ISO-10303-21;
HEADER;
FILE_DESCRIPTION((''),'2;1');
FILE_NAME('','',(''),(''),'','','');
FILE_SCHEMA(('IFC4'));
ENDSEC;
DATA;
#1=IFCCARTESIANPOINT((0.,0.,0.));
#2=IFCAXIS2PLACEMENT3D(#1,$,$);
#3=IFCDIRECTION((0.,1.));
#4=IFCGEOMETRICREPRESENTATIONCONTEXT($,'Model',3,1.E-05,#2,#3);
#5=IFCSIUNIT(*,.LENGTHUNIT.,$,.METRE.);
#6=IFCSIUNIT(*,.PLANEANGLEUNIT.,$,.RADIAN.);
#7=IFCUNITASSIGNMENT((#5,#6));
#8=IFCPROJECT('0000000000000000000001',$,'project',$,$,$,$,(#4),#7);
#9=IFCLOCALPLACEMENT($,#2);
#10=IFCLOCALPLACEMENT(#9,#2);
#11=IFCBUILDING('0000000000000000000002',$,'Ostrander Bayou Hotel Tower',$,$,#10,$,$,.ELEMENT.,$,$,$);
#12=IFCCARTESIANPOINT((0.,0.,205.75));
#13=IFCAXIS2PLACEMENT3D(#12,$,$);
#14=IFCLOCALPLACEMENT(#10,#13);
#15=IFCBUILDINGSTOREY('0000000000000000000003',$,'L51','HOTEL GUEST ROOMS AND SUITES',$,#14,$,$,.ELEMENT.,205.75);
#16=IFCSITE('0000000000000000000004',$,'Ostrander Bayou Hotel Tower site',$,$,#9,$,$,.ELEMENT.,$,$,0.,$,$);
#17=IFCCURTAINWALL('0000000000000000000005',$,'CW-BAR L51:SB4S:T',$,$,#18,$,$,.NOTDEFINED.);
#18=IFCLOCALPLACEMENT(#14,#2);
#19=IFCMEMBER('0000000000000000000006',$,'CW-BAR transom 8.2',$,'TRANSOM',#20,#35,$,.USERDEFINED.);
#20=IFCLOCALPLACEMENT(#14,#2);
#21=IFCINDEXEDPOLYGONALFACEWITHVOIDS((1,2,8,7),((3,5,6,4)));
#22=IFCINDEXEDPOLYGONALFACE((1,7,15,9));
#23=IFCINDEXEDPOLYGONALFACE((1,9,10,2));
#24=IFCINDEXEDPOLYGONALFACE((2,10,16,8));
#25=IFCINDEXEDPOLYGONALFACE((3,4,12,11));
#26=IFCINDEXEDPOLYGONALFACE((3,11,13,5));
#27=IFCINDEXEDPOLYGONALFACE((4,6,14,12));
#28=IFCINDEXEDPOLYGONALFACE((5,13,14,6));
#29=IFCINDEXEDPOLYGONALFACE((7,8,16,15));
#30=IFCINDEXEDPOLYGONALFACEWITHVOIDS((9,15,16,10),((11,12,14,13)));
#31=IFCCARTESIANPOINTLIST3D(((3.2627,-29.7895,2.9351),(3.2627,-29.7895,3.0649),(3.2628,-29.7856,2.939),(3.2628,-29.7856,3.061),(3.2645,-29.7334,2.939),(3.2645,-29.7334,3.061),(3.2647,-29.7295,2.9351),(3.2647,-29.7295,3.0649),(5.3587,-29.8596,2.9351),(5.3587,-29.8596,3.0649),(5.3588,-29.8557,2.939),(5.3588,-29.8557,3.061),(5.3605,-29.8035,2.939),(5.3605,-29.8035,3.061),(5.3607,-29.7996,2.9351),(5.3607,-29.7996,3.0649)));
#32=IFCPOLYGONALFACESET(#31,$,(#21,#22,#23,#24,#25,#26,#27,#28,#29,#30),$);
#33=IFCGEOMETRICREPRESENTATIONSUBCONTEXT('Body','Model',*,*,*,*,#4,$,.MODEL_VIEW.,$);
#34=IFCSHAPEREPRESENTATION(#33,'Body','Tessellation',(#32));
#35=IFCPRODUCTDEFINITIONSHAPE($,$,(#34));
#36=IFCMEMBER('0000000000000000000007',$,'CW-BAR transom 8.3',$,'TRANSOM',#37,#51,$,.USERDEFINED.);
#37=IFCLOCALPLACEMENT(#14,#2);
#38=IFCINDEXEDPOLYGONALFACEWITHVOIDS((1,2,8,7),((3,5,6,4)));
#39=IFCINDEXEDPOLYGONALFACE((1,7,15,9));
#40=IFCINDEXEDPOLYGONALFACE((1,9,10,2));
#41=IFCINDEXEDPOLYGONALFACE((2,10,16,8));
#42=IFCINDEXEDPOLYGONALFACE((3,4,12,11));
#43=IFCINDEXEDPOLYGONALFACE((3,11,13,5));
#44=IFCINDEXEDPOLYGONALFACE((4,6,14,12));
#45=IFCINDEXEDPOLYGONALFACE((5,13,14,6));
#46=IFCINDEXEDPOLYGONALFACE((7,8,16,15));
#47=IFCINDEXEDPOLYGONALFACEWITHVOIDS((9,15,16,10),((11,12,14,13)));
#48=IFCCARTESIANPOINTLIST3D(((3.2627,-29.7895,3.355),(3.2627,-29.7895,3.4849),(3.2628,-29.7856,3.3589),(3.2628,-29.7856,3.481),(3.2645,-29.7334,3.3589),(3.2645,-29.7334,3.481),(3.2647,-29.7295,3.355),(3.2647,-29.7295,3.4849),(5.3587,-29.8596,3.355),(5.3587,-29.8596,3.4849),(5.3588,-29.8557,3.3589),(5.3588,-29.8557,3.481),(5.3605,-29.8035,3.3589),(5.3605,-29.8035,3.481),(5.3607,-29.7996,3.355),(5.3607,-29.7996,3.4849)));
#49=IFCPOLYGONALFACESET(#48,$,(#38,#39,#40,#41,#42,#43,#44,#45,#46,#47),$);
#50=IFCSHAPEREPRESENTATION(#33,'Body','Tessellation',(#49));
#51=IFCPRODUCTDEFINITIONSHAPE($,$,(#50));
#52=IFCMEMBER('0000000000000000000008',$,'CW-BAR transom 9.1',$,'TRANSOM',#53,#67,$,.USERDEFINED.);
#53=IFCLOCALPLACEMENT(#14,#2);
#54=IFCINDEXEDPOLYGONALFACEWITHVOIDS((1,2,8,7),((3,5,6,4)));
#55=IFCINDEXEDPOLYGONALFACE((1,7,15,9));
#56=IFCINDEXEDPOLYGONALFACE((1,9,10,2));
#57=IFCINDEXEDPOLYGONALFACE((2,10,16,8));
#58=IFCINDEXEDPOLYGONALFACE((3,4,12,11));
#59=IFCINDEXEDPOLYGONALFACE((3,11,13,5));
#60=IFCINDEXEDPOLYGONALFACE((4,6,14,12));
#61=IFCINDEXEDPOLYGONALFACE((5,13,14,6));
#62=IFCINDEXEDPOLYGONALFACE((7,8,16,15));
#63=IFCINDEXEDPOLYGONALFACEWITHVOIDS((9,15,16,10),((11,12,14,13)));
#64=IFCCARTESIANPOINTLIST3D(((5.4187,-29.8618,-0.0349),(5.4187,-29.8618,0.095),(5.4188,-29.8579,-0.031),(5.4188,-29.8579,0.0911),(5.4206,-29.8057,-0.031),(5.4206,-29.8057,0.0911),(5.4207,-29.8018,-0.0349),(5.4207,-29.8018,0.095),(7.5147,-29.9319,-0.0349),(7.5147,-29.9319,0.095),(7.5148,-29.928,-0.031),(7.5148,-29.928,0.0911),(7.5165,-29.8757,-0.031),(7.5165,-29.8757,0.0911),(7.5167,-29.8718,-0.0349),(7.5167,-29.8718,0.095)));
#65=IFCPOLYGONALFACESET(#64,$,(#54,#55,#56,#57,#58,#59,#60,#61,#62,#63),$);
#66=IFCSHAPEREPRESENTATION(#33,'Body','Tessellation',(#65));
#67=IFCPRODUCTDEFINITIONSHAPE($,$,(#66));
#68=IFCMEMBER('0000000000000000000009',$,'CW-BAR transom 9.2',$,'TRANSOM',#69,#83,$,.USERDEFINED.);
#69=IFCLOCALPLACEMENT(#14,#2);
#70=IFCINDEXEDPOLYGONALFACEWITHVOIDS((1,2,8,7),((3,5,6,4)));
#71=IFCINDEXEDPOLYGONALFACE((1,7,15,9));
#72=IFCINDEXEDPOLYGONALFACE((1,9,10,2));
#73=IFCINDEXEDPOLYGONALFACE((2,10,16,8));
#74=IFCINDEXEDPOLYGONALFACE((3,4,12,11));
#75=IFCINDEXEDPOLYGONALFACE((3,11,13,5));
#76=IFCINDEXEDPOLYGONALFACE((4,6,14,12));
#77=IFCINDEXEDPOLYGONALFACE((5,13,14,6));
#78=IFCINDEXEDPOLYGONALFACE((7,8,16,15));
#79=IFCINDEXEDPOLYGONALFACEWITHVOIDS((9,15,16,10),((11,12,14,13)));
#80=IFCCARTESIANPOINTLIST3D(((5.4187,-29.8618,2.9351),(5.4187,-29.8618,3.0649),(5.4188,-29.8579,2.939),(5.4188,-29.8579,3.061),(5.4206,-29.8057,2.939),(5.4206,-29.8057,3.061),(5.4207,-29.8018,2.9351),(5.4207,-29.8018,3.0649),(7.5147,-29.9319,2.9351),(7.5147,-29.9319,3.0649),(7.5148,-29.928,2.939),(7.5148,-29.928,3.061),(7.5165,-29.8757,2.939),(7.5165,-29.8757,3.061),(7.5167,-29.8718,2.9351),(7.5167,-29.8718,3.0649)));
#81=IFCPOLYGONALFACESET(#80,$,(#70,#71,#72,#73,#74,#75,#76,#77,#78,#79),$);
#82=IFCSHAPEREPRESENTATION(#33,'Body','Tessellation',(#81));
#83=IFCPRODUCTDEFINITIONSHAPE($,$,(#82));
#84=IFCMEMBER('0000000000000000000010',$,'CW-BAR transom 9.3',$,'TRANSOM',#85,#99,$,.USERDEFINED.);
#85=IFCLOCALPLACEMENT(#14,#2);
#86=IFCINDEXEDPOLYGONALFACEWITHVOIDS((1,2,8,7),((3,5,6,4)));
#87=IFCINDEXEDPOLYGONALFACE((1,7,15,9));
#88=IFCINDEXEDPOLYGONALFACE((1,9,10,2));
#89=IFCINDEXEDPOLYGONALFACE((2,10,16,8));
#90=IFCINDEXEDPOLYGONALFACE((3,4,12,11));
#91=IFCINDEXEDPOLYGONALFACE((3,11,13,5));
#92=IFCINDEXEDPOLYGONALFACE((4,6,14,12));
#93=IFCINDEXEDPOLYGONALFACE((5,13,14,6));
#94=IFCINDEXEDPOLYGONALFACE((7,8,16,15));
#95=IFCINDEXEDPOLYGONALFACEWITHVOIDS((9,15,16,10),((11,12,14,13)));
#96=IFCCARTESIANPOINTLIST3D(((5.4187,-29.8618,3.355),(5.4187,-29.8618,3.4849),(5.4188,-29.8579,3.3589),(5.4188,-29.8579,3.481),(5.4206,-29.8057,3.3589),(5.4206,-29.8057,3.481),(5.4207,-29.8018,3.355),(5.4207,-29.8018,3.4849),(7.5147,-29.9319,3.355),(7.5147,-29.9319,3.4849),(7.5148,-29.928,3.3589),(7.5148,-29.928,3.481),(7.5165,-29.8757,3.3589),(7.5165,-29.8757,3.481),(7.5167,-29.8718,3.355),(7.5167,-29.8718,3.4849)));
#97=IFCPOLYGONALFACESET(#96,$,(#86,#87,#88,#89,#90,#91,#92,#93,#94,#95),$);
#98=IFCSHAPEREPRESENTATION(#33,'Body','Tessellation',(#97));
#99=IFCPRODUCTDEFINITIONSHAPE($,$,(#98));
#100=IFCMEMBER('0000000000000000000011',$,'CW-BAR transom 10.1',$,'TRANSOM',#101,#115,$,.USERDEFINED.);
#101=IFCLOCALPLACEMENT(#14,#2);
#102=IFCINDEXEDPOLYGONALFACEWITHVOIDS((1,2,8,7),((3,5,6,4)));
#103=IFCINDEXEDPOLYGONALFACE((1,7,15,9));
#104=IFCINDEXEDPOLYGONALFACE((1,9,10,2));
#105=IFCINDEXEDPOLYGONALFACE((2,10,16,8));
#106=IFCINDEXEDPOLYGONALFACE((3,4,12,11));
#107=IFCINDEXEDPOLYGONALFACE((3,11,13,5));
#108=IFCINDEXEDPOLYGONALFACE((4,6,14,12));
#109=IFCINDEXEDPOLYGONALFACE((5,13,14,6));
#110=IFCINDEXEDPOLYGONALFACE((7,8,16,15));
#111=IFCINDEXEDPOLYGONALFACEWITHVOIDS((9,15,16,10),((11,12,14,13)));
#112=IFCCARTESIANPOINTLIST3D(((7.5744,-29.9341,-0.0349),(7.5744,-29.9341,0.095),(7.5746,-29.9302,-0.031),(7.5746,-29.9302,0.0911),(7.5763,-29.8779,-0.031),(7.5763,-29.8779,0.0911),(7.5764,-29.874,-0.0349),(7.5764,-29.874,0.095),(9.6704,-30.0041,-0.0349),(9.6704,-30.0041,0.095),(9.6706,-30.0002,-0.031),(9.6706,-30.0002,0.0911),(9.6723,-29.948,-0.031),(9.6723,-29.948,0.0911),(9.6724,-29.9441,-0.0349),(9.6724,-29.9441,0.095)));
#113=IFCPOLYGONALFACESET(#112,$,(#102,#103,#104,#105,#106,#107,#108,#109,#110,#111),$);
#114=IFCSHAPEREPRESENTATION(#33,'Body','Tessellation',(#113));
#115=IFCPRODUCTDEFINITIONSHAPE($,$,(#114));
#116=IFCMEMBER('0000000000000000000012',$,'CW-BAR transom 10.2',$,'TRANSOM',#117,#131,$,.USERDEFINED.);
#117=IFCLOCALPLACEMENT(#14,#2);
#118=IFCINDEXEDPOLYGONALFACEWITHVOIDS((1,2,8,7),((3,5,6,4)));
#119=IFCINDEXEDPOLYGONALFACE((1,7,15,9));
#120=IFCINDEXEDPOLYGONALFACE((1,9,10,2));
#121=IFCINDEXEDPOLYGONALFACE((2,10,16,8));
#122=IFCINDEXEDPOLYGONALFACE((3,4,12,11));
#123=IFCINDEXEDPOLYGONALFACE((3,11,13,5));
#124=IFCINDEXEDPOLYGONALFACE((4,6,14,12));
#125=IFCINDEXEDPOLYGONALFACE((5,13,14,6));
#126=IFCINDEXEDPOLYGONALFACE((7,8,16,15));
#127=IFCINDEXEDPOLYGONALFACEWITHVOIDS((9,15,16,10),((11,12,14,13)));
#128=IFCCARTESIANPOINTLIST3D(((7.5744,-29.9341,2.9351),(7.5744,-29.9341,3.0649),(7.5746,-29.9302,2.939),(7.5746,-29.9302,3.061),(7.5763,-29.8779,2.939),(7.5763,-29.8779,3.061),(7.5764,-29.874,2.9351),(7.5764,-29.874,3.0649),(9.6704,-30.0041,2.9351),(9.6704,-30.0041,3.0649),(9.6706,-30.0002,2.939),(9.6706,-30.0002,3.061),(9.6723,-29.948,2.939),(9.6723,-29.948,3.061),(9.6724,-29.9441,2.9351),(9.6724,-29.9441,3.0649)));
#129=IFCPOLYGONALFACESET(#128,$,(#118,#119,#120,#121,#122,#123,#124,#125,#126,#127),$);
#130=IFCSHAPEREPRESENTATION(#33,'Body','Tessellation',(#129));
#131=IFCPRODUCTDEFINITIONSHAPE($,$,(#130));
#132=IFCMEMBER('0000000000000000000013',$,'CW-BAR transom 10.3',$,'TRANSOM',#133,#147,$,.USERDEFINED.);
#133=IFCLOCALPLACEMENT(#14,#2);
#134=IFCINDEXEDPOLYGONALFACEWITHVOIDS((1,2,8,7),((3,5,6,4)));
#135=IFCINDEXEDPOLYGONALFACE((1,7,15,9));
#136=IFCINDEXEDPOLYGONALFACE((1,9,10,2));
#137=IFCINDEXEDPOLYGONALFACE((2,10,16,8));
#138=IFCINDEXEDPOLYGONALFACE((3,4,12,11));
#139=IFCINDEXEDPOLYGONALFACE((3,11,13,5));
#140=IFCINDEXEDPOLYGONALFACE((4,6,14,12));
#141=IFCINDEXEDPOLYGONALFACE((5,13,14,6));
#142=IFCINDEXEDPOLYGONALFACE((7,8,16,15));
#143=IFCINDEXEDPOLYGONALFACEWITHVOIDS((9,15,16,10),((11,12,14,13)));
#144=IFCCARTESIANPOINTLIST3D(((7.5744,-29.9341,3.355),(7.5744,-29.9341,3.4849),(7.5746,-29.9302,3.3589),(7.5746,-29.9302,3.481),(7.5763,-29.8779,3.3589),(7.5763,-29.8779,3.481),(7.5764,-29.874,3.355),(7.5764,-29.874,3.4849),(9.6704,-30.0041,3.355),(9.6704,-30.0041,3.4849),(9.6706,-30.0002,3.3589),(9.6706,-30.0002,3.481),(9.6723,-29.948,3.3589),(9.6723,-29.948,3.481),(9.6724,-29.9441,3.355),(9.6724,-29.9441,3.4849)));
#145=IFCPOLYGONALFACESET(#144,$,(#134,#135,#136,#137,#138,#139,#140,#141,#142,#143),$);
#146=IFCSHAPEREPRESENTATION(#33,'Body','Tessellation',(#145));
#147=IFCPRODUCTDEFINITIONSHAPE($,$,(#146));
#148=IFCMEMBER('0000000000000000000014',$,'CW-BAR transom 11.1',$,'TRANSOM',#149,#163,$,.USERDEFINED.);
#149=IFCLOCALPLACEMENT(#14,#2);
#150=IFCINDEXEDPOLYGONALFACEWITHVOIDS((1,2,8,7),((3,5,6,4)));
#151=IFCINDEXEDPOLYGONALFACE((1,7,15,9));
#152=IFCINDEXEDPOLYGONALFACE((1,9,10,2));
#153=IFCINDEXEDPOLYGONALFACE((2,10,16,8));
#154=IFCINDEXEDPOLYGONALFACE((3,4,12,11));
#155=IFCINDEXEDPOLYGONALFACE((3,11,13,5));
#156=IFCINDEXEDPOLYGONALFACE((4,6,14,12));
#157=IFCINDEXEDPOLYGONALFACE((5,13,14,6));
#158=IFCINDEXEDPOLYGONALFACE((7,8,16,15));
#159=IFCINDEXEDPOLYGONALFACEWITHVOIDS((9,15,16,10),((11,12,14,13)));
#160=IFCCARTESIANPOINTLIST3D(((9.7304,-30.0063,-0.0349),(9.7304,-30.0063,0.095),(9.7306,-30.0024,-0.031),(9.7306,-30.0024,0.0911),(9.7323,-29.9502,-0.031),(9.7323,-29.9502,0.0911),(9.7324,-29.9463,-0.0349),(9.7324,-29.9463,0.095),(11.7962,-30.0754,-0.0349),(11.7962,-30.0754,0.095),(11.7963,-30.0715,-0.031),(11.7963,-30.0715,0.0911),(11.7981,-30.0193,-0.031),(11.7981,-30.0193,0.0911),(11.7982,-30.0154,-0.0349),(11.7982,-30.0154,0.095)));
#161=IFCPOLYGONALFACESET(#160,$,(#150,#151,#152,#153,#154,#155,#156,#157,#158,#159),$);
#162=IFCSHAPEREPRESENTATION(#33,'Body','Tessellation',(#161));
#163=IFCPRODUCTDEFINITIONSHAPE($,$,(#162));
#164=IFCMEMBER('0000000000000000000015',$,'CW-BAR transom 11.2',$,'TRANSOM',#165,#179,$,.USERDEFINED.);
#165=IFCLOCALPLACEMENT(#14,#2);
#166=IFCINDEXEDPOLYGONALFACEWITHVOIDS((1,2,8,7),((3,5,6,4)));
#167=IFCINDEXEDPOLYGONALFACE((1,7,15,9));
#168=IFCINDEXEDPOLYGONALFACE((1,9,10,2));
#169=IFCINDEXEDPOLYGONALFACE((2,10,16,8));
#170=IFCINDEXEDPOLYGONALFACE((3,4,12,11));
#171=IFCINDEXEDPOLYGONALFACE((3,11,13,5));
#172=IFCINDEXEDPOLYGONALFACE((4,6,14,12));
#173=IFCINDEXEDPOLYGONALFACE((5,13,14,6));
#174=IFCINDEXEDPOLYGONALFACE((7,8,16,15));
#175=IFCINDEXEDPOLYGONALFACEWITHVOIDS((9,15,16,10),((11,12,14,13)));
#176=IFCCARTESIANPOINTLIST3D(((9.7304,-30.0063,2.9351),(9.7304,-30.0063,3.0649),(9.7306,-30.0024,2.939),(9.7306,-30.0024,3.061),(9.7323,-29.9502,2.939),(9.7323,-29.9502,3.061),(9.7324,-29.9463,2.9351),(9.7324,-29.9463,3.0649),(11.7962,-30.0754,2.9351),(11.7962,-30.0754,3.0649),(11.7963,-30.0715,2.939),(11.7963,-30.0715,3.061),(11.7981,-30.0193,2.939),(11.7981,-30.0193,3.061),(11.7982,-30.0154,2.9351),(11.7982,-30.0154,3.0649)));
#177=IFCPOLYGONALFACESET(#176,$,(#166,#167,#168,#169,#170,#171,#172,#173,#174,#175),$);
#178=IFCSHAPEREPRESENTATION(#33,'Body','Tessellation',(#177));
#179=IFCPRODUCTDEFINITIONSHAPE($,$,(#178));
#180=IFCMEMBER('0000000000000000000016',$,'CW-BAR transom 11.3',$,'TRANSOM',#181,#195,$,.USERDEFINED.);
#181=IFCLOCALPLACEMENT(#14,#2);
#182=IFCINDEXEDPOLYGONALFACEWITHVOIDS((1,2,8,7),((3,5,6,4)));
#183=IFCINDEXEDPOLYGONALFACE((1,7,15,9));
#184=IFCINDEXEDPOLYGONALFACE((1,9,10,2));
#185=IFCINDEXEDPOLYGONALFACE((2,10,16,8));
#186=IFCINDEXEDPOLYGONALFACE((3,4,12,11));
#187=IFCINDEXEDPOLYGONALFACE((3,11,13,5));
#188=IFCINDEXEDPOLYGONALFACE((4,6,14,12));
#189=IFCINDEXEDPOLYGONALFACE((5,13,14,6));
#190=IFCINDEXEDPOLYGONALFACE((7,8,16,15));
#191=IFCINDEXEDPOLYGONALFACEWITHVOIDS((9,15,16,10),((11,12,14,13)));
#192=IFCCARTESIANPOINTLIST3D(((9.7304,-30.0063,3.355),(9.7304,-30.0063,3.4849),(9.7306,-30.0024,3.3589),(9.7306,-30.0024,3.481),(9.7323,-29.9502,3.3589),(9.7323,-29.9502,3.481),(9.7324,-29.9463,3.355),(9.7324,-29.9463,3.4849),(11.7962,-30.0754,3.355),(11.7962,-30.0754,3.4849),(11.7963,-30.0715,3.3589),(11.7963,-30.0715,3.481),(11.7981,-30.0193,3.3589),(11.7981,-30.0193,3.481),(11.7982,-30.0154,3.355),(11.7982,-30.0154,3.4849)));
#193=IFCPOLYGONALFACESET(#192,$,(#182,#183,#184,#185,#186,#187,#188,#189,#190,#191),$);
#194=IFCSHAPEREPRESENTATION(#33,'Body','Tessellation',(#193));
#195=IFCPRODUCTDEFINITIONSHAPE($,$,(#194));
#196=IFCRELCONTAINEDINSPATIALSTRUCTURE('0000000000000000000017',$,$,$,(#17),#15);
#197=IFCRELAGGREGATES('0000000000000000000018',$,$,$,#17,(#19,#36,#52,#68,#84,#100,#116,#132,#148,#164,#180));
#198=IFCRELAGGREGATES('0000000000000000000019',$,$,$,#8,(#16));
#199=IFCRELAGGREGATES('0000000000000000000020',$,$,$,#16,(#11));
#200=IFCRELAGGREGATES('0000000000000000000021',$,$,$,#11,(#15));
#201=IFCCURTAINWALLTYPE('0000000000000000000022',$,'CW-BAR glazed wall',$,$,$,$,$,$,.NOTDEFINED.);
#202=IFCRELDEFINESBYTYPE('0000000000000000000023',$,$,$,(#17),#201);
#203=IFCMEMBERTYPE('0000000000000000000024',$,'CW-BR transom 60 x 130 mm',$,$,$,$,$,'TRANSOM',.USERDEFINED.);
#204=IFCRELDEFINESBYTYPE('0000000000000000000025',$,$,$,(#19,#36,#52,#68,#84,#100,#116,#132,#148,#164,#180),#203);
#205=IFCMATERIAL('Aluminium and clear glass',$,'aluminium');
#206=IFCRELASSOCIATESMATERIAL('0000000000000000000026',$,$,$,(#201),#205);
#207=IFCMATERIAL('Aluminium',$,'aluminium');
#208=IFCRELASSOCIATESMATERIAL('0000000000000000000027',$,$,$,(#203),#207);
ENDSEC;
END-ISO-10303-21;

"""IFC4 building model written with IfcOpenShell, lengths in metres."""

from ifc_helpers import new_model, si_unit, direction, frame, origin, origin_2d, place, context, subcontext, project, spatial, hollow_rectangle, extrude, material, material_profile, profile_set, type_object, element, aggregate, save


model = new_model("IFC4")

# Units and contexts
model_context = context("Model", 3, precision=1e-05, world=origin(), true_north=direction((0.0, 1.0)))
body_context = subcontext(model_context, "Body", "Model", "MODEL_VIEW")
ifc_project = project(units=[si_unit("LENGTHUNIT", "METRE"), si_unit("PLANEANGLEUNIT", "RADIAN")], contexts=[model_context])

# Site, building, storey
site_placement = place(None, origin())
site = spatial("IfcSite", under=ifc_project, at=site_placement, Name="Ostrander Bayou Hotel Tower site", CompositionType="ELEMENT", RefElevation=0.0)
building_placement = place(site_placement, origin())
building = spatial("IfcBuilding", under=site, at=building_placement, Name="Ostrander Bayou Hotel Tower", CompositionType="ELEMENT")
storey_placement = place(building_placement, frame((0.0, 0.0, 205.75)))
storey = spatial("IfcBuildingStorey", under=building, at=storey_placement, Name="L51", Description="HOTEL GUEST ROOMS AND SUITES", CompositionType="ELEMENT", Elevation=205.75)

# Curtain wall, members
ifc_material_1 = material(Name="Aluminium and clear glass", Category="aluminium")
curtain_wall_type = type_object("IfcCurtainWallType", Name="CW-BAR glazed wall", PredefinedType="NOTDEFINED", material=ifc_material_1)
curtain_wall_placement = place(storey_placement, origin())
curtain_wall = element("IfcCurtainWall", 1, at=curtain_wall_placement, inside=storey, type_object=curtain_wall_type, Name="CW-BAR L51:SB4S:T", PredefinedType="NOTDEFINED")
ifc_material_2 = material(Name="Aluminium", Category="aluminium")
ifc_material_profile_1 = material_profile(ifc_material_2, hollow_rectangle(XDim=0.0601, YDim=0.1299, WallThickness=0.0039, at=origin_2d()))
ifc_profile_set_1 = profile_set([ifc_material_profile_1], Name="Aluminium")
member_type_1 = type_object("IfcMemberType", Name="CW-BR transom 60 x 130 mm", ElementType="TRANSOM", PredefinedType="USERDEFINED", material=ifc_profile_set_1)
member_1_placement = place(storey_placement, frame((3.2637, -29.7595, 3.0), z_axis=(0.999442, -0.033412, 0.0), x_axis=(0.033412, 0.999442, 0.0)))
member_1 = element("IfcMember", 2, at=member_1_placement, type_object=member_type_1, Name="CW-BAR transom 8.2", ObjectType="TRANSOM", PredefinedType="USERDEFINED", context=body_context, shape_type="SweptSolid", body=[
    extrude(hollow_rectangle(XDim=0.0601, YDim=0.1299, WallThickness=0.0039, at=origin_2d()), origin(), (0.0, 0.0, 1.0), 2.0972),
])
member_2_placement = place(storey_placement, frame((3.2637, -29.7595, 3.4199), z_axis=(0.999442, -0.033412, 0.0), x_axis=(0.033412, 0.999442, 0.0)))
member_2 = element("IfcMember", 3, at=member_2_placement, type_object=member_type_1, Name="CW-BAR transom 8.3", ObjectType="TRANSOM", PredefinedType="USERDEFINED", context=body_context, shape_type="SweptSolid", body=[
    extrude(hollow_rectangle(XDim=0.0601, YDim=0.1299, WallThickness=0.0039, at=origin_2d()), origin(), (0.0, 0.0, 1.0), 2.0972),
])
member_3_placement = place(storey_placement, frame((5.4197, -29.8318, 0.03), z_axis=(0.999442, -0.033412, 0.0), x_axis=(0.033412, 0.999442, 0.0)))
member_3 = element("IfcMember", 4, at=member_3_placement, type_object=member_type_1, Name="CW-BAR transom 9.1", ObjectType="TRANSOM", PredefinedType="USERDEFINED", context=body_context, shape_type="SweptSolid", body=[
    extrude(hollow_rectangle(XDim=0.0601, YDim=0.1299, WallThickness=0.0039, at=origin_2d()), origin(), (0.0, 0.0, 1.0), 2.0972),
])
member_4_placement = place(storey_placement, frame((5.4197, -29.8318, 3.0), z_axis=(0.999442, -0.033412, 0.0), x_axis=(0.033412, 0.999442, 0.0)))
member_4 = element("IfcMember", 5, at=member_4_placement, type_object=member_type_1, Name="CW-BAR transom 9.2", ObjectType="TRANSOM", PredefinedType="USERDEFINED", context=body_context, shape_type="SweptSolid", body=[
    extrude(hollow_rectangle(XDim=0.0601, YDim=0.1299, WallThickness=0.0039, at=origin_2d()), origin(), (0.0, 0.0, 1.0), 2.0972),
])
member_5_placement = place(storey_placement, frame((5.4197, -29.8318, 3.4199), z_axis=(0.999442, -0.033412, 0.0), x_axis=(0.033412, 0.999442, 0.0)))
member_5 = element("IfcMember", 6, at=member_5_placement, type_object=member_type_1, Name="CW-BAR transom 9.3", ObjectType="TRANSOM", PredefinedType="USERDEFINED", context=body_context, shape_type="SweptSolid", body=[
    extrude(hollow_rectangle(XDim=0.0601, YDim=0.1299, WallThickness=0.0039, at=origin_2d()), origin(), (0.0, 0.0, 1.0), 2.0972),
])
member_6_placement = place(storey_placement, frame((7.5754, -29.9041, 0.03), z_axis=(0.999442, -0.033412, 0.0), x_axis=(0.033412, 0.999442, 0.0)))
member_6 = element("IfcMember", 7, at=member_6_placement, type_object=member_type_1, Name="CW-BAR transom 10.1", ObjectType="TRANSOM", PredefinedType="USERDEFINED", context=body_context, shape_type="SweptSolid", body=[
    extrude(hollow_rectangle(XDim=0.0601, YDim=0.1299, WallThickness=0.0039, at=origin_2d()), origin(), (0.0, 0.0, 1.0), 2.0972),
])
member_7_placement = place(storey_placement, frame((7.5754, -29.9041, 3.0), z_axis=(0.999442, -0.033412, 0.0), x_axis=(0.033412, 0.999442, 0.0)))
member_7 = element("IfcMember", 8, at=member_7_placement, type_object=member_type_1, Name="CW-BAR transom 10.2", ObjectType="TRANSOM", PredefinedType="USERDEFINED", context=body_context, shape_type="SweptSolid", body=[
    extrude(hollow_rectangle(XDim=0.0601, YDim=0.1299, WallThickness=0.0039, at=origin_2d()), origin(), (0.0, 0.0, 1.0), 2.0972),
])
member_8_placement = place(storey_placement, frame((7.5754, -29.9041, 3.4199), z_axis=(0.999442, -0.033412, 0.0), x_axis=(0.033412, 0.999442, 0.0)))
member_8 = element("IfcMember", 9, at=member_8_placement, type_object=member_type_1, Name="CW-BAR transom 10.3", ObjectType="TRANSOM", PredefinedType="USERDEFINED", context=body_context, shape_type="SweptSolid", body=[
    extrude(hollow_rectangle(XDim=0.0601, YDim=0.1299, WallThickness=0.0039, at=origin_2d()), origin(), (0.0, 0.0, 1.0), 2.0972),
])
member_9_placement = place(storey_placement, frame((9.7314, -29.9763, 0.03), z_axis=(0.999441, -0.033429, 0.0), x_axis=(0.033429, 0.999441, 0.0)))
member_9 = element("IfcMember", 10, at=member_9_placement, type_object=member_type_1, Name="CW-BAR transom 11.1", ObjectType="TRANSOM", PredefinedType="USERDEFINED", context=body_context, shape_type="SweptSolid", body=[
    extrude(hollow_rectangle(XDim=0.0601, YDim=0.1299, WallThickness=0.0039, at=origin_2d()), origin(), (0.0, 0.0, 1.0), 2.0669),
])
member_10_placement = place(storey_placement, frame((9.7314, -29.9763, 3.0), z_axis=(0.999441, -0.033429, 0.0), x_axis=(0.033429, 0.999441, 0.0)))
member_10 = element("IfcMember", 11, at=member_10_placement, type_object=member_type_1, Name="CW-BAR transom 11.2", ObjectType="TRANSOM", PredefinedType="USERDEFINED", context=body_context, shape_type="SweptSolid", body=[
    extrude(hollow_rectangle(XDim=0.0601, YDim=0.1299, WallThickness=0.0039, at=origin_2d()), origin(), (0.0, 0.0, 1.0), 2.0669),
])
member_11_placement = place(storey_placement, frame((9.7314, -29.9763, 3.4199), z_axis=(0.999441, -0.033429, 0.0), x_axis=(0.033429, 0.999441, 0.0)))
member_11 = element("IfcMember", 12, at=member_11_placement, type_object=member_type_1, Name="CW-BAR transom 11.3", ObjectType="TRANSOM", PredefinedType="USERDEFINED", context=body_context, shape_type="SweptSolid", body=[
    extrude(hollow_rectangle(XDim=0.0601, YDim=0.1299, WallThickness=0.0039, at=origin_2d()), origin(), (0.0, 0.0, 1.0), 2.0669),
])
aggregate(curtain_wall, [member_1, member_2, member_3, member_4, member_5, member_6, member_7, member_8, member_9, member_10, member_11])

save(model, "model.ifc")
